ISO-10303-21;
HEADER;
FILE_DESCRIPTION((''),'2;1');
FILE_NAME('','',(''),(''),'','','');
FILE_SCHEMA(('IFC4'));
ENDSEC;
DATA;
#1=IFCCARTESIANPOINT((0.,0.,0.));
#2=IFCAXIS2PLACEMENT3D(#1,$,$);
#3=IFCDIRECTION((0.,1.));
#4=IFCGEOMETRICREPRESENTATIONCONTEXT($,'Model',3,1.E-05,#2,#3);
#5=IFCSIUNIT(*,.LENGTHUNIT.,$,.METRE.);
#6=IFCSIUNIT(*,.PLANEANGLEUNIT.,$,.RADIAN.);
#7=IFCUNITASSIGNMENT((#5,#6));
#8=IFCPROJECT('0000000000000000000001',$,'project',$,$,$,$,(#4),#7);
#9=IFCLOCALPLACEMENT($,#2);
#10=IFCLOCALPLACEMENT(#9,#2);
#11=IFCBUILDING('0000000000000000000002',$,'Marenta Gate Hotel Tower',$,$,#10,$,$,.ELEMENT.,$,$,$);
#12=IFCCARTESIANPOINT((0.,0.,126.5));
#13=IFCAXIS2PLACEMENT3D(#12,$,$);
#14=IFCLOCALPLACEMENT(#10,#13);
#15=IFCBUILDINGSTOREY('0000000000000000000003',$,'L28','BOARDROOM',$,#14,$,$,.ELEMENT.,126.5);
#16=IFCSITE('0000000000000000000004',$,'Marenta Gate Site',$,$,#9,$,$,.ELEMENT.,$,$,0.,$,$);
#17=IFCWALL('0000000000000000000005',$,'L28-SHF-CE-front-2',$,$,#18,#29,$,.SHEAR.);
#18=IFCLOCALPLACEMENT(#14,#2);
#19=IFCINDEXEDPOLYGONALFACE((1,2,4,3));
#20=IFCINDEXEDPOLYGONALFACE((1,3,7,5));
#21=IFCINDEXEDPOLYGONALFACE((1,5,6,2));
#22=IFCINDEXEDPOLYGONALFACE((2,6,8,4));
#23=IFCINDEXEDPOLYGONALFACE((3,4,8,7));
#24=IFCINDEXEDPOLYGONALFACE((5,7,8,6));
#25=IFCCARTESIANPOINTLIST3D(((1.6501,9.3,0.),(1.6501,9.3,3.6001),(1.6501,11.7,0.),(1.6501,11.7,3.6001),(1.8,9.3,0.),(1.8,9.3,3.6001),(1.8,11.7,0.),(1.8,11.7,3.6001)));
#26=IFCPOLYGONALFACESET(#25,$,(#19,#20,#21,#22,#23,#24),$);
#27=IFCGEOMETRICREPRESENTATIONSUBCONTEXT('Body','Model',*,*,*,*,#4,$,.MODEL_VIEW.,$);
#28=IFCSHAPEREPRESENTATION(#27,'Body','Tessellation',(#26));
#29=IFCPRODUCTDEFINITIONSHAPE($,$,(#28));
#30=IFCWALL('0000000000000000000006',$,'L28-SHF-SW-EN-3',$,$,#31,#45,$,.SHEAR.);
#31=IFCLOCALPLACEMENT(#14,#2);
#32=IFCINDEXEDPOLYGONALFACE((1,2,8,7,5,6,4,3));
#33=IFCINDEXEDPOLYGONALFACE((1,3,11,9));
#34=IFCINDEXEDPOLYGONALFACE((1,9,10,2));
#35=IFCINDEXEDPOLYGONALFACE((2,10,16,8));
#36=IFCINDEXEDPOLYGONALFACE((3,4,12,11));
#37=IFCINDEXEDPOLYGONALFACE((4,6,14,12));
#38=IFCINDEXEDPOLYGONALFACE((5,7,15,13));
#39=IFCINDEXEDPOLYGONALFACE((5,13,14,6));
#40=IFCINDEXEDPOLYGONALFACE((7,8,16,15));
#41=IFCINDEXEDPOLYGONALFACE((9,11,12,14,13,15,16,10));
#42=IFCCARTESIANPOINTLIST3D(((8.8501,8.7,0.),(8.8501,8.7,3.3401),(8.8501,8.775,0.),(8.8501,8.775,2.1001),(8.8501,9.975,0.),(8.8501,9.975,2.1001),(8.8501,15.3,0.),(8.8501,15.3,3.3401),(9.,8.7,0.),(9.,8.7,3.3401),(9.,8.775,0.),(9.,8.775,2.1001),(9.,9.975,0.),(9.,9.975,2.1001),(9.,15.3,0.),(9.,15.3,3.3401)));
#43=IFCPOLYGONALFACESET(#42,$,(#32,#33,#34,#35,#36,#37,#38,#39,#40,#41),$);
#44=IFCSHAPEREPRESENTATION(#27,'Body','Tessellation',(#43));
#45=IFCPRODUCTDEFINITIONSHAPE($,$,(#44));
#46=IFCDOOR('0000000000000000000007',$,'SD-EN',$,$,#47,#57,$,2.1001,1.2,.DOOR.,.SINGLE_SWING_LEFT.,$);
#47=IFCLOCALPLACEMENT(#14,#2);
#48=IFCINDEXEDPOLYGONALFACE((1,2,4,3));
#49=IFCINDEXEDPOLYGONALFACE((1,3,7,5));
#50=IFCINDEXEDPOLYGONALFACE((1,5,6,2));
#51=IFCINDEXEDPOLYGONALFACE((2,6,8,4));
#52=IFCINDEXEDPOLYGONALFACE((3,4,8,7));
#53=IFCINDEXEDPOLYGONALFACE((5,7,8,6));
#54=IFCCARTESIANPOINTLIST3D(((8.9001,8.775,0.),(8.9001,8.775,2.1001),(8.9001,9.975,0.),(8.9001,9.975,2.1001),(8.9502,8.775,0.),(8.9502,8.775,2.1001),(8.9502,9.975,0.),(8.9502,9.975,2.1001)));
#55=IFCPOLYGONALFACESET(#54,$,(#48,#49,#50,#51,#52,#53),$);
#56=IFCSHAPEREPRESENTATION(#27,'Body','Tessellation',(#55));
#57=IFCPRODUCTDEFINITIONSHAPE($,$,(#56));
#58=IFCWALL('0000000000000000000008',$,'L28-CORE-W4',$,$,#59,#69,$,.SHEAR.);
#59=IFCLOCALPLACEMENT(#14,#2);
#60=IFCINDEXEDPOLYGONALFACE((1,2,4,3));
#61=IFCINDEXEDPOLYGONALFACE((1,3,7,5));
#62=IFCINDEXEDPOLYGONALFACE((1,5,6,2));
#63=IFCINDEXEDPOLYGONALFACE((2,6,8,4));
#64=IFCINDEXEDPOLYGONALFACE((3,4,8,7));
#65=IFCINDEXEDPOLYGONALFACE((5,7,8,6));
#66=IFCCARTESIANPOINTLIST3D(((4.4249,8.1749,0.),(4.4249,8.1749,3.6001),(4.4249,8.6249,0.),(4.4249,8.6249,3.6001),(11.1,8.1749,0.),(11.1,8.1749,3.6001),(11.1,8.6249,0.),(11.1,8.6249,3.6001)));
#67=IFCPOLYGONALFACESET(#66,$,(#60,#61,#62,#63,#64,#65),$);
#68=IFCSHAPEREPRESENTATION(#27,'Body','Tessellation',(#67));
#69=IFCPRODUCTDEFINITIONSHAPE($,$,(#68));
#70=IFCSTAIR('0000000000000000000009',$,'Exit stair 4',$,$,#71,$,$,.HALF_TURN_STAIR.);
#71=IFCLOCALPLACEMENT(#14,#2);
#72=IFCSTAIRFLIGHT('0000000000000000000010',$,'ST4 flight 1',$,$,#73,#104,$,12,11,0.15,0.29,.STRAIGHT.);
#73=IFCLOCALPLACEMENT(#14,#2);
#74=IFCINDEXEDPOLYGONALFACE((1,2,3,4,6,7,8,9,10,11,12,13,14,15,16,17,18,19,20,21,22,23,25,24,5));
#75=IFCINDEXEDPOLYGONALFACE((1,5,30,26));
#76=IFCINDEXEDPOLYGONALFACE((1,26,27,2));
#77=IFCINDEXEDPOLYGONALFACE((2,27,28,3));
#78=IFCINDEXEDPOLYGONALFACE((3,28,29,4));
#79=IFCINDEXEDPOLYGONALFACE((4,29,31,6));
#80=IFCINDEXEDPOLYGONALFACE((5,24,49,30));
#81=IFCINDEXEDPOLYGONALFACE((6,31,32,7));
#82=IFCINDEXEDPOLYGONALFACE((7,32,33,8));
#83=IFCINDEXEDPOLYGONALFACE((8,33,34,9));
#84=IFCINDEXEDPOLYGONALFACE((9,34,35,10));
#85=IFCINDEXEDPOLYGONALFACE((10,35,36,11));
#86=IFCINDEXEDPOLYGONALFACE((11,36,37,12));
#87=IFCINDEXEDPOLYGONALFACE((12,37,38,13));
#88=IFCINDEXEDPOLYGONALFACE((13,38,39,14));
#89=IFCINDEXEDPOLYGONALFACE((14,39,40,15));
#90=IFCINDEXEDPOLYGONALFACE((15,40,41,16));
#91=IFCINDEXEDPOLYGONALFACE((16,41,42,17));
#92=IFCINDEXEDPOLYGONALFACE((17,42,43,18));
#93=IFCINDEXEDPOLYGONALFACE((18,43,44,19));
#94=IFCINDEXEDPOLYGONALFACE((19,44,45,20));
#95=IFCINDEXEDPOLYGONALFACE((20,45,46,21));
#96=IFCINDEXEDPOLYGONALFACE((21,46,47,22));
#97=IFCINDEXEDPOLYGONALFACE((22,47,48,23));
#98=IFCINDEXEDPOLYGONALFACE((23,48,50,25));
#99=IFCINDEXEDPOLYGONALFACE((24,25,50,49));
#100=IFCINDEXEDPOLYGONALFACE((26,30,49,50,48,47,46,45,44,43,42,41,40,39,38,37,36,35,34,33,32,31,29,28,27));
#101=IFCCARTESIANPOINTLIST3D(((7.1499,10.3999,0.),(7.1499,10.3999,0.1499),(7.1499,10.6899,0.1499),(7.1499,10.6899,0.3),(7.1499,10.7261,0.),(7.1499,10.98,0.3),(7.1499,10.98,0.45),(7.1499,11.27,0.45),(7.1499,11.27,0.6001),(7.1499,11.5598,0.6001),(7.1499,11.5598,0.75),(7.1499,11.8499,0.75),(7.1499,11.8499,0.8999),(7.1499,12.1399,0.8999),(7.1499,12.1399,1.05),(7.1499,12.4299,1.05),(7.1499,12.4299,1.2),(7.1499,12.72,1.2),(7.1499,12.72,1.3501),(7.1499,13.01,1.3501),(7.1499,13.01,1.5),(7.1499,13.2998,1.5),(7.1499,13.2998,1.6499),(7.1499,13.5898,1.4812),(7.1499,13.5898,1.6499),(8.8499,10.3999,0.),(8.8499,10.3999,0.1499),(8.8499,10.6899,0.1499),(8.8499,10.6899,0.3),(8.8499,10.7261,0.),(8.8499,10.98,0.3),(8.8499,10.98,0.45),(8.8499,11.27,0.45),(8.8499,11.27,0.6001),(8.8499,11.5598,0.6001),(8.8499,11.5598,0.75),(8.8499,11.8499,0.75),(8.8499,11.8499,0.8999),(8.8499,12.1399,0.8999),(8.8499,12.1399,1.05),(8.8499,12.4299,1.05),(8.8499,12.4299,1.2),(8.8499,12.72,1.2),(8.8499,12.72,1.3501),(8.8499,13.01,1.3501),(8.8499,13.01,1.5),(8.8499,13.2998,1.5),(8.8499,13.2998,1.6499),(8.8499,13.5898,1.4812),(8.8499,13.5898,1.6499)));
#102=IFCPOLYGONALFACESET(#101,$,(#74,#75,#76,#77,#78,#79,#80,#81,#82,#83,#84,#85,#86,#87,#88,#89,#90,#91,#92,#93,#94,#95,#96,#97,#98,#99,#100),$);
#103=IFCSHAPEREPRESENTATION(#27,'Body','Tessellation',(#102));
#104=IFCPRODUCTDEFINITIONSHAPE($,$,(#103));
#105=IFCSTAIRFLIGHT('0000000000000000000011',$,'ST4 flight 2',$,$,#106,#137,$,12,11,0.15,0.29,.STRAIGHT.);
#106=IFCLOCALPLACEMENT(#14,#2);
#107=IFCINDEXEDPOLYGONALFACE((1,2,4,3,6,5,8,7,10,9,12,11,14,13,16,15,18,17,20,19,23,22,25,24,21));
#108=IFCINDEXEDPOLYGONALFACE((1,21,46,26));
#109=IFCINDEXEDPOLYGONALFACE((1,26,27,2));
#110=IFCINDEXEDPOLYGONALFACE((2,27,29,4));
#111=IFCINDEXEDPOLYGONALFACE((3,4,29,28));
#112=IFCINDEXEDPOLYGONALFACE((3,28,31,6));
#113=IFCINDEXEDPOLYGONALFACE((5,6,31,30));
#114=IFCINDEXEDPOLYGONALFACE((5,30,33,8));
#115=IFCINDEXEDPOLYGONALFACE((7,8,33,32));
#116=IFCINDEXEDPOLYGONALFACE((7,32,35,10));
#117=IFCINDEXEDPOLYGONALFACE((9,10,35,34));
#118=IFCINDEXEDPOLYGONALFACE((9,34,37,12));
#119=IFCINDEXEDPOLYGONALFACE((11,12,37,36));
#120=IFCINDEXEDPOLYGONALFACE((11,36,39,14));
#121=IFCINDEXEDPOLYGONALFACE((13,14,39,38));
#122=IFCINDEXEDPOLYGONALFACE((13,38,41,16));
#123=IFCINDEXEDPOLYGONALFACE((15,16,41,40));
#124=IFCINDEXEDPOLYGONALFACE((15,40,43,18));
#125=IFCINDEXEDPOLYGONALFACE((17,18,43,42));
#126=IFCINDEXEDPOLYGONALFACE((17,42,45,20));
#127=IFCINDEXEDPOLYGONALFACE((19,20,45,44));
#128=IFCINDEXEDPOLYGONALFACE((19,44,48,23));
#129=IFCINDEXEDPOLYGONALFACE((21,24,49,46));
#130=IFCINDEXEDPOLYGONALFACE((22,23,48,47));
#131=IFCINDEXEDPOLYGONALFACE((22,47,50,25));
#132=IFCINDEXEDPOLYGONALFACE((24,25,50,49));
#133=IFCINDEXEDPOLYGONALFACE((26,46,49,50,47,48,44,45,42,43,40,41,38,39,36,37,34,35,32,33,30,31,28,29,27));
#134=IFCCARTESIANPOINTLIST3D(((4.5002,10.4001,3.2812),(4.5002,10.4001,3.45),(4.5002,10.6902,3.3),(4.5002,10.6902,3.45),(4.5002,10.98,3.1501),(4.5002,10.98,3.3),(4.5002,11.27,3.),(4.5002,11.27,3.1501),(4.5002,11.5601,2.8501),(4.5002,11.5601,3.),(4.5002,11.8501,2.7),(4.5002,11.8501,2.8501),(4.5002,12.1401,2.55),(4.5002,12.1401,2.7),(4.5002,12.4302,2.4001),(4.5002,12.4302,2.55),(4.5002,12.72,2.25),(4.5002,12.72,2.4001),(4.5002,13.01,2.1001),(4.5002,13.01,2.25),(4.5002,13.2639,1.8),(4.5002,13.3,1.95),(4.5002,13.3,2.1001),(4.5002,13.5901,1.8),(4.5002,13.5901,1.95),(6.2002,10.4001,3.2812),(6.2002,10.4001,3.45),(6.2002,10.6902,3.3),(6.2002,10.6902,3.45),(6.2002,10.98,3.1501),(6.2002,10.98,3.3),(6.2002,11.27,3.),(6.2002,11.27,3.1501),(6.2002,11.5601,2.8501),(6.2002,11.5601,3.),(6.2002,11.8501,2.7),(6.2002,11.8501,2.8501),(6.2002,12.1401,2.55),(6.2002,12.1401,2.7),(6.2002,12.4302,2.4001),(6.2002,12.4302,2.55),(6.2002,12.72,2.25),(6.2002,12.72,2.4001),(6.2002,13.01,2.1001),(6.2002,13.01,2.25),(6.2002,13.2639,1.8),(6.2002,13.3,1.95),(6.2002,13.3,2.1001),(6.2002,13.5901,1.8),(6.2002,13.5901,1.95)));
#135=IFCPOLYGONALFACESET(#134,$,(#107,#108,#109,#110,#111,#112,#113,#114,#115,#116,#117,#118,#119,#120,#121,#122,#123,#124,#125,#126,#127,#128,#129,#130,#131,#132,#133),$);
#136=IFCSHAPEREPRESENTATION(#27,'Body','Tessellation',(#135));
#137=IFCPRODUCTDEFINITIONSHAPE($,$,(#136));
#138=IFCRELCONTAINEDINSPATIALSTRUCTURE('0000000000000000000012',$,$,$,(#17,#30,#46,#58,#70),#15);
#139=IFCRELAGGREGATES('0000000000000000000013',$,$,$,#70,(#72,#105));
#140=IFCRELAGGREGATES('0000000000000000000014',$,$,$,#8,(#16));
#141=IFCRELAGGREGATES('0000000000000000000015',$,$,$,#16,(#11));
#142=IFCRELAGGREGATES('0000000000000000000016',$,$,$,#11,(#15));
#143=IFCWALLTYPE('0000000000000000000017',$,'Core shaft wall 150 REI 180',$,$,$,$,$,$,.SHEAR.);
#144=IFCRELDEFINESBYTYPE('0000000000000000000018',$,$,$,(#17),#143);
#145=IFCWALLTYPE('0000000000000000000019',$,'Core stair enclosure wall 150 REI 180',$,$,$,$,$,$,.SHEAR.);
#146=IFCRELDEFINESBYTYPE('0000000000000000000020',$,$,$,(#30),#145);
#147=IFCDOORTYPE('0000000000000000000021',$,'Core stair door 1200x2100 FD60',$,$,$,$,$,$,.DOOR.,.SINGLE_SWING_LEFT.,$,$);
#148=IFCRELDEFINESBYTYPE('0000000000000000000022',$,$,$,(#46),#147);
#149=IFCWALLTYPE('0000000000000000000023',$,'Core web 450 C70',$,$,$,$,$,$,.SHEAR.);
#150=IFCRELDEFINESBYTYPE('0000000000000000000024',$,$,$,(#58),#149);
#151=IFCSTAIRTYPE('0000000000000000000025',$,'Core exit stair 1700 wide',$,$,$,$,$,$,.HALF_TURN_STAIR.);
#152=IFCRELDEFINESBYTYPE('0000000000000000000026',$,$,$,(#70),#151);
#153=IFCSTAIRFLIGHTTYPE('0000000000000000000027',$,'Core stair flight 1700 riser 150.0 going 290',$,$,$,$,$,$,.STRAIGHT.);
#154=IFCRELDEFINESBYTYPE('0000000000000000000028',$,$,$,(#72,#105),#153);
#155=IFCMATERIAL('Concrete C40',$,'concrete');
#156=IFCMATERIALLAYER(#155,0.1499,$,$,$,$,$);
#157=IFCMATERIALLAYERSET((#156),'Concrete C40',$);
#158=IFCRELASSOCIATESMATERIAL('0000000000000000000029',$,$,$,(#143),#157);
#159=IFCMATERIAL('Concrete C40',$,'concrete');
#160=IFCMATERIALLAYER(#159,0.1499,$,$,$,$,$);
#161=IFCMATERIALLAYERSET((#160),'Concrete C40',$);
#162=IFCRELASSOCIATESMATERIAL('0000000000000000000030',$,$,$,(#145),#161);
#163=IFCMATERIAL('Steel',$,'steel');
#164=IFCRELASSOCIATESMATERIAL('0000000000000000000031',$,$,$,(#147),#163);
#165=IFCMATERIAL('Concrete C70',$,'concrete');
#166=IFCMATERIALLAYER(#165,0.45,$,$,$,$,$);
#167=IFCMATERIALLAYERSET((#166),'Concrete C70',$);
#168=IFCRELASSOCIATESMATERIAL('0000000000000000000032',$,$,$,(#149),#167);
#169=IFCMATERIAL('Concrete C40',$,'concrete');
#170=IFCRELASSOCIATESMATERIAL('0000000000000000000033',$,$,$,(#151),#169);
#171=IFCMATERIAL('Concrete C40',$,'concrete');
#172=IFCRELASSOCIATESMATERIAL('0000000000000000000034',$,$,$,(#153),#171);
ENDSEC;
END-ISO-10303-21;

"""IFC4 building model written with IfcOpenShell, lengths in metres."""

from ifc_helpers import new_model, si_unit, direction, frame, frame_2d, origin, place, context, subcontext, project, spatial, polyline, rectangle, outline, extrude, material, layer, layer_set, type_object, element, fill, aggregate, save


model = new_model("IFC4")

# Units and contexts
model_context = context("Model", 3, precision=1e-05, world=origin(), true_north=direction((0.0, 1.0)))
body_context = subcontext(model_context, "Body", "Model", "MODEL_VIEW")
ifc_project = project(units=[si_unit("LENGTHUNIT", "METRE"), si_unit("PLANEANGLEUNIT", "RADIAN")], contexts=[model_context])

# Site, building, storey
site_placement = place(None, origin())
site = spatial("IfcSite", under=ifc_project, at=site_placement, Name="Marenta Gate Site", CompositionType="ELEMENT", RefElevation=0.0)
building_placement = place(site_placement, origin())
building = spatial("IfcBuilding", under=site, at=building_placement, Name="Marenta Gate Hotel Tower", CompositionType="ELEMENT")
storey_placement = place(building_placement, frame((0.0, 0.0, 126.5)))
storey = spatial("IfcBuildingStorey", under=building, at=storey_placement, Name="L28", Description="BOARDROOM", CompositionType="ELEMENT", Elevation=126.5)

# Shared definitions
ifc_material_1 = material(Name="Concrete C40", Category="concrete")
ifc_layer_1 = layer(ifc_material_1, 0.1499)
ifc_layer_set_1 = layer_set([ifc_layer_1], Name="Concrete C40")
wall_type_1 = type_object("IfcWallType", Name="Core shaft wall 150 REI 180", PredefinedType="SHEAR", material=ifc_layer_set_1)

# Wall
wall_1_placement = place(storey_placement, frame((1.7251, 9.3, 0.0), z_axis=(0.0, 0.0, 1.0), x_axis=(0.0, 1.0, 0.0)))
element("IfcWall", 1, at=wall_1_placement, inside=storey, type_object=wall_type_1, Name="L28-SHF-CE-front-2", PredefinedType="SHEAR", context=body_context, shape_type="SweptSolid", body=[
    extrude(rectangle(XDim=2.3999, YDim=0.1499, at=frame_2d((1.2, 0.0))), origin(), (0.0, 0.0, 1.0), 3.6001),
])

# Wall, opening, door
ifc_material_2 = material(Name="Concrete C40", Category="concrete")
ifc_layer_2 = layer(ifc_material_2, 0.1499)
ifc_layer_set_2 = layer_set([ifc_layer_2], Name="Concrete C40")
wall_type_2 = type_object("IfcWallType", Name="Core stair enclosure wall 150 REI 180", PredefinedType="SHEAR", material=ifc_layer_set_2)
wall_2_placement = place(storey_placement, frame((8.925, 8.7, 0.0), z_axis=(0.0, 0.0, 1.0), x_axis=(0.0, 1.0, 0.0)))
wall_2 = element("IfcWall", 2, at=wall_2_placement, inside=storey, type_object=wall_type_2, Name="L28-SHF-SW-EN-3", PredefinedType="SHEAR", context=body_context, shape_type="SweptSolid", body=[
    extrude(rectangle(XDim=6.6001, YDim=0.1499, at=frame_2d((3.3, 0.0))), origin(), (0.0, 0.0, 1.0), 3.3401),
])
opening_1_placement = place(wall_2_placement, frame((0.075, 0.0, 0.0)))
opening_1 = element("IfcOpeningElement", 3, at=opening_1_placement, cuts=wall_2, PredefinedType="OPENING", context=body_context, shape_type="SweptSolid", body=[
    extrude(rectangle(XDim=1.2, YDim=2.1001, at=frame_2d((0.6001, 1.05))), frame((0.0, 0.075, 0.0), z_axis=(0.0, -1.0, 0.0), x_axis=(1.0, 0.0, 0.0)), (0.0, 0.0, 1.0), 0.1499),
])
ifc_material_3 = material(Name="Steel", Category="steel")
door_type_1 = type_object("IfcDoorType", Name="Core stair door 1200x2100 FD60", OperationType="SINGLE_SWING_LEFT", PredefinedType="DOOR", material=ifc_material_3)
door_1_placement = place(opening_1_placement, origin())
door_1 = element("IfcDoor", 4, at=door_1_placement, inside=storey, type_object=door_type_1, Name="SD-EN", OperationType="SINGLE_SWING_LEFT", OverallHeight=2.1001, OverallWidth=1.2, PredefinedType="DOOR", context=body_context, shape_type="SweptSolid", body=[
    extrude(rectangle(XDim=1.2, YDim=2.1001, at=frame_2d((0.6001, 1.05))), frame((0.0, 0.0249, 0.0), z_axis=(0.0, -1.0, 0.0), x_axis=(1.0, 0.0, 0.0)), (0.0, 0.0, 1.0), 0.05),
])
fill(opening_1, door_1)

# Wall
ifc_material_4 = material(Name="Concrete C70", Category="concrete")
ifc_layer_3 = layer(ifc_material_4, 0.45)
ifc_layer_set_3 = layer_set([ifc_layer_3], Name="Concrete C70")
wall_type_3 = type_object("IfcWallType", Name="Core web 450 C70", PredefinedType="SHEAR", material=ifc_layer_set_3)
wall_3_placement = place(storey_placement, frame((4.425, 8.3999, 0.0), z_axis=(0.0, 0.0, 1.0), x_axis=(1.0, 0.0, 0.0)))
element("IfcWall", 5, at=wall_3_placement, inside=storey, type_object=wall_type_3, Name="L28-CORE-W4", PredefinedType="SHEAR", context=body_context, shape_type="SweptSolid", body=[
    extrude(rectangle(XDim=6.675, YDim=0.45, at=frame_2d((3.3374, 0.0))), origin(), (0.0, 0.0, 1.0), 3.6001),
])

# Stair, stair flights
ifc_material_5 = material(Name="Concrete C40", Category="concrete")
stair_type = type_object("IfcStairType", Name="Core exit stair 1700 wide", PredefinedType="HALF_TURN_STAIR", material=ifc_material_5)
stair_placement = place(storey_placement, origin())
stair = element("IfcStair", 6, at=stair_placement, inside=storey, type_object=stair_type, Name="Exit stair 4", PredefinedType="HALF_TURN_STAIR")
ifc_material_6 = material(Name="Concrete C40", Category="concrete")
stair_flight_type = type_object("IfcStairFlightType", Name="Core stair flight 1700 riser 150.0 going 290", PredefinedType="STRAIGHT", material=ifc_material_6)
stair_flight_1_placement = place(storey_placement, frame((8.0, 10.3999, 0.0), z_axis=(0.0, 0.0, 1.0), x_axis=(0.0, 1.0, 0.0)))
stair_flight_1 = element("IfcStairFlight", 7, at=stair_flight_1_placement, type_object=stair_flight_type, Name="ST4 flight 1", NumberOfRisers=12, NumberOfTreads=11, PredefinedType="STRAIGHT", RiserHeight=0.15, TreadLength=0.29, context=body_context, shape_type="SweptSolid", body=[
    extrude(outline(polyline([(0.0, 0.0), (0.0, 0.1499), (0.29, 0.1499), (0.29, 0.3), (0.5801, 0.3), (0.5801, 0.45), (0.8701, 0.45), (0.8701, 0.6001), (1.1599, 0.6001), (1.1599, 0.75), (1.45, 0.75), (1.45, 0.8999), (1.74, 0.8999), (1.74, 1.05), (2.03, 1.05), (2.03, 1.2), (2.3201, 1.2), (2.3201, 1.3501), (2.6101, 1.3501), (2.6101, 1.5), (2.8999, 1.5), (2.8999, 1.6499), (3.1899, 1.6499), (3.1899, 1.8), (3.1899, 1.4812), (0.3262, 0.0), (0.0, 0.0)])), frame((0.0, 0.8501, 0.0), z_axis=(0.0, -1.0, 0.0), x_axis=(1.0, 0.0, 0.0)), (0.0, 0.0, 1.0), 1.7),
])
stair_flight_2_placement = place(storey_placement, frame((5.3501, 13.5901, 1.8), z_axis=(0.0, 0.0, 1.0), x_axis=(0.0, -1.0, 0.0)))
stair_flight_2 = element("IfcStairFlight", 8, at=stair_flight_2_placement, type_object=stair_flight_type, Name="ST4 flight 2", NumberOfRisers=12, NumberOfTreads=11, PredefinedType="STRAIGHT", RiserHeight=0.15, TreadLength=0.29, context=body_context, shape_type="SweptSolid", body=[
    extrude(outline(polyline([(0.0, 0.0), (0.0, 0.1499), (0.29, 0.1499), (0.29, 0.3), (0.5801, 0.3), (0.5801, 0.45), (0.8701, 0.45), (0.8701, 0.6001), (1.1599, 0.6001), (1.1599, 0.75), (1.45, 0.75), (1.45, 0.8999), (1.74, 0.8999), (1.74, 1.05), (2.03, 1.05), (2.03, 1.2), (2.3201, 1.2), (2.3201, 1.3501), (2.6101, 1.3501), (2.6101, 1.5), (2.8999, 1.5), (2.8999, 1.6499), (3.1899, 1.6499), (3.1899, 1.8), (3.1899, 1.4812), (0.3262, 0.0), (0.0, 0.0)])), frame((0.0, 0.8501, 0.0), z_axis=(0.0, -1.0, 0.0), x_axis=(1.0, 0.0, 0.0)), (0.0, 0.0, 1.0), 1.7),
])
aggregate(stair, [stair_flight_1, stair_flight_2])

save(model, "model.ifc")
